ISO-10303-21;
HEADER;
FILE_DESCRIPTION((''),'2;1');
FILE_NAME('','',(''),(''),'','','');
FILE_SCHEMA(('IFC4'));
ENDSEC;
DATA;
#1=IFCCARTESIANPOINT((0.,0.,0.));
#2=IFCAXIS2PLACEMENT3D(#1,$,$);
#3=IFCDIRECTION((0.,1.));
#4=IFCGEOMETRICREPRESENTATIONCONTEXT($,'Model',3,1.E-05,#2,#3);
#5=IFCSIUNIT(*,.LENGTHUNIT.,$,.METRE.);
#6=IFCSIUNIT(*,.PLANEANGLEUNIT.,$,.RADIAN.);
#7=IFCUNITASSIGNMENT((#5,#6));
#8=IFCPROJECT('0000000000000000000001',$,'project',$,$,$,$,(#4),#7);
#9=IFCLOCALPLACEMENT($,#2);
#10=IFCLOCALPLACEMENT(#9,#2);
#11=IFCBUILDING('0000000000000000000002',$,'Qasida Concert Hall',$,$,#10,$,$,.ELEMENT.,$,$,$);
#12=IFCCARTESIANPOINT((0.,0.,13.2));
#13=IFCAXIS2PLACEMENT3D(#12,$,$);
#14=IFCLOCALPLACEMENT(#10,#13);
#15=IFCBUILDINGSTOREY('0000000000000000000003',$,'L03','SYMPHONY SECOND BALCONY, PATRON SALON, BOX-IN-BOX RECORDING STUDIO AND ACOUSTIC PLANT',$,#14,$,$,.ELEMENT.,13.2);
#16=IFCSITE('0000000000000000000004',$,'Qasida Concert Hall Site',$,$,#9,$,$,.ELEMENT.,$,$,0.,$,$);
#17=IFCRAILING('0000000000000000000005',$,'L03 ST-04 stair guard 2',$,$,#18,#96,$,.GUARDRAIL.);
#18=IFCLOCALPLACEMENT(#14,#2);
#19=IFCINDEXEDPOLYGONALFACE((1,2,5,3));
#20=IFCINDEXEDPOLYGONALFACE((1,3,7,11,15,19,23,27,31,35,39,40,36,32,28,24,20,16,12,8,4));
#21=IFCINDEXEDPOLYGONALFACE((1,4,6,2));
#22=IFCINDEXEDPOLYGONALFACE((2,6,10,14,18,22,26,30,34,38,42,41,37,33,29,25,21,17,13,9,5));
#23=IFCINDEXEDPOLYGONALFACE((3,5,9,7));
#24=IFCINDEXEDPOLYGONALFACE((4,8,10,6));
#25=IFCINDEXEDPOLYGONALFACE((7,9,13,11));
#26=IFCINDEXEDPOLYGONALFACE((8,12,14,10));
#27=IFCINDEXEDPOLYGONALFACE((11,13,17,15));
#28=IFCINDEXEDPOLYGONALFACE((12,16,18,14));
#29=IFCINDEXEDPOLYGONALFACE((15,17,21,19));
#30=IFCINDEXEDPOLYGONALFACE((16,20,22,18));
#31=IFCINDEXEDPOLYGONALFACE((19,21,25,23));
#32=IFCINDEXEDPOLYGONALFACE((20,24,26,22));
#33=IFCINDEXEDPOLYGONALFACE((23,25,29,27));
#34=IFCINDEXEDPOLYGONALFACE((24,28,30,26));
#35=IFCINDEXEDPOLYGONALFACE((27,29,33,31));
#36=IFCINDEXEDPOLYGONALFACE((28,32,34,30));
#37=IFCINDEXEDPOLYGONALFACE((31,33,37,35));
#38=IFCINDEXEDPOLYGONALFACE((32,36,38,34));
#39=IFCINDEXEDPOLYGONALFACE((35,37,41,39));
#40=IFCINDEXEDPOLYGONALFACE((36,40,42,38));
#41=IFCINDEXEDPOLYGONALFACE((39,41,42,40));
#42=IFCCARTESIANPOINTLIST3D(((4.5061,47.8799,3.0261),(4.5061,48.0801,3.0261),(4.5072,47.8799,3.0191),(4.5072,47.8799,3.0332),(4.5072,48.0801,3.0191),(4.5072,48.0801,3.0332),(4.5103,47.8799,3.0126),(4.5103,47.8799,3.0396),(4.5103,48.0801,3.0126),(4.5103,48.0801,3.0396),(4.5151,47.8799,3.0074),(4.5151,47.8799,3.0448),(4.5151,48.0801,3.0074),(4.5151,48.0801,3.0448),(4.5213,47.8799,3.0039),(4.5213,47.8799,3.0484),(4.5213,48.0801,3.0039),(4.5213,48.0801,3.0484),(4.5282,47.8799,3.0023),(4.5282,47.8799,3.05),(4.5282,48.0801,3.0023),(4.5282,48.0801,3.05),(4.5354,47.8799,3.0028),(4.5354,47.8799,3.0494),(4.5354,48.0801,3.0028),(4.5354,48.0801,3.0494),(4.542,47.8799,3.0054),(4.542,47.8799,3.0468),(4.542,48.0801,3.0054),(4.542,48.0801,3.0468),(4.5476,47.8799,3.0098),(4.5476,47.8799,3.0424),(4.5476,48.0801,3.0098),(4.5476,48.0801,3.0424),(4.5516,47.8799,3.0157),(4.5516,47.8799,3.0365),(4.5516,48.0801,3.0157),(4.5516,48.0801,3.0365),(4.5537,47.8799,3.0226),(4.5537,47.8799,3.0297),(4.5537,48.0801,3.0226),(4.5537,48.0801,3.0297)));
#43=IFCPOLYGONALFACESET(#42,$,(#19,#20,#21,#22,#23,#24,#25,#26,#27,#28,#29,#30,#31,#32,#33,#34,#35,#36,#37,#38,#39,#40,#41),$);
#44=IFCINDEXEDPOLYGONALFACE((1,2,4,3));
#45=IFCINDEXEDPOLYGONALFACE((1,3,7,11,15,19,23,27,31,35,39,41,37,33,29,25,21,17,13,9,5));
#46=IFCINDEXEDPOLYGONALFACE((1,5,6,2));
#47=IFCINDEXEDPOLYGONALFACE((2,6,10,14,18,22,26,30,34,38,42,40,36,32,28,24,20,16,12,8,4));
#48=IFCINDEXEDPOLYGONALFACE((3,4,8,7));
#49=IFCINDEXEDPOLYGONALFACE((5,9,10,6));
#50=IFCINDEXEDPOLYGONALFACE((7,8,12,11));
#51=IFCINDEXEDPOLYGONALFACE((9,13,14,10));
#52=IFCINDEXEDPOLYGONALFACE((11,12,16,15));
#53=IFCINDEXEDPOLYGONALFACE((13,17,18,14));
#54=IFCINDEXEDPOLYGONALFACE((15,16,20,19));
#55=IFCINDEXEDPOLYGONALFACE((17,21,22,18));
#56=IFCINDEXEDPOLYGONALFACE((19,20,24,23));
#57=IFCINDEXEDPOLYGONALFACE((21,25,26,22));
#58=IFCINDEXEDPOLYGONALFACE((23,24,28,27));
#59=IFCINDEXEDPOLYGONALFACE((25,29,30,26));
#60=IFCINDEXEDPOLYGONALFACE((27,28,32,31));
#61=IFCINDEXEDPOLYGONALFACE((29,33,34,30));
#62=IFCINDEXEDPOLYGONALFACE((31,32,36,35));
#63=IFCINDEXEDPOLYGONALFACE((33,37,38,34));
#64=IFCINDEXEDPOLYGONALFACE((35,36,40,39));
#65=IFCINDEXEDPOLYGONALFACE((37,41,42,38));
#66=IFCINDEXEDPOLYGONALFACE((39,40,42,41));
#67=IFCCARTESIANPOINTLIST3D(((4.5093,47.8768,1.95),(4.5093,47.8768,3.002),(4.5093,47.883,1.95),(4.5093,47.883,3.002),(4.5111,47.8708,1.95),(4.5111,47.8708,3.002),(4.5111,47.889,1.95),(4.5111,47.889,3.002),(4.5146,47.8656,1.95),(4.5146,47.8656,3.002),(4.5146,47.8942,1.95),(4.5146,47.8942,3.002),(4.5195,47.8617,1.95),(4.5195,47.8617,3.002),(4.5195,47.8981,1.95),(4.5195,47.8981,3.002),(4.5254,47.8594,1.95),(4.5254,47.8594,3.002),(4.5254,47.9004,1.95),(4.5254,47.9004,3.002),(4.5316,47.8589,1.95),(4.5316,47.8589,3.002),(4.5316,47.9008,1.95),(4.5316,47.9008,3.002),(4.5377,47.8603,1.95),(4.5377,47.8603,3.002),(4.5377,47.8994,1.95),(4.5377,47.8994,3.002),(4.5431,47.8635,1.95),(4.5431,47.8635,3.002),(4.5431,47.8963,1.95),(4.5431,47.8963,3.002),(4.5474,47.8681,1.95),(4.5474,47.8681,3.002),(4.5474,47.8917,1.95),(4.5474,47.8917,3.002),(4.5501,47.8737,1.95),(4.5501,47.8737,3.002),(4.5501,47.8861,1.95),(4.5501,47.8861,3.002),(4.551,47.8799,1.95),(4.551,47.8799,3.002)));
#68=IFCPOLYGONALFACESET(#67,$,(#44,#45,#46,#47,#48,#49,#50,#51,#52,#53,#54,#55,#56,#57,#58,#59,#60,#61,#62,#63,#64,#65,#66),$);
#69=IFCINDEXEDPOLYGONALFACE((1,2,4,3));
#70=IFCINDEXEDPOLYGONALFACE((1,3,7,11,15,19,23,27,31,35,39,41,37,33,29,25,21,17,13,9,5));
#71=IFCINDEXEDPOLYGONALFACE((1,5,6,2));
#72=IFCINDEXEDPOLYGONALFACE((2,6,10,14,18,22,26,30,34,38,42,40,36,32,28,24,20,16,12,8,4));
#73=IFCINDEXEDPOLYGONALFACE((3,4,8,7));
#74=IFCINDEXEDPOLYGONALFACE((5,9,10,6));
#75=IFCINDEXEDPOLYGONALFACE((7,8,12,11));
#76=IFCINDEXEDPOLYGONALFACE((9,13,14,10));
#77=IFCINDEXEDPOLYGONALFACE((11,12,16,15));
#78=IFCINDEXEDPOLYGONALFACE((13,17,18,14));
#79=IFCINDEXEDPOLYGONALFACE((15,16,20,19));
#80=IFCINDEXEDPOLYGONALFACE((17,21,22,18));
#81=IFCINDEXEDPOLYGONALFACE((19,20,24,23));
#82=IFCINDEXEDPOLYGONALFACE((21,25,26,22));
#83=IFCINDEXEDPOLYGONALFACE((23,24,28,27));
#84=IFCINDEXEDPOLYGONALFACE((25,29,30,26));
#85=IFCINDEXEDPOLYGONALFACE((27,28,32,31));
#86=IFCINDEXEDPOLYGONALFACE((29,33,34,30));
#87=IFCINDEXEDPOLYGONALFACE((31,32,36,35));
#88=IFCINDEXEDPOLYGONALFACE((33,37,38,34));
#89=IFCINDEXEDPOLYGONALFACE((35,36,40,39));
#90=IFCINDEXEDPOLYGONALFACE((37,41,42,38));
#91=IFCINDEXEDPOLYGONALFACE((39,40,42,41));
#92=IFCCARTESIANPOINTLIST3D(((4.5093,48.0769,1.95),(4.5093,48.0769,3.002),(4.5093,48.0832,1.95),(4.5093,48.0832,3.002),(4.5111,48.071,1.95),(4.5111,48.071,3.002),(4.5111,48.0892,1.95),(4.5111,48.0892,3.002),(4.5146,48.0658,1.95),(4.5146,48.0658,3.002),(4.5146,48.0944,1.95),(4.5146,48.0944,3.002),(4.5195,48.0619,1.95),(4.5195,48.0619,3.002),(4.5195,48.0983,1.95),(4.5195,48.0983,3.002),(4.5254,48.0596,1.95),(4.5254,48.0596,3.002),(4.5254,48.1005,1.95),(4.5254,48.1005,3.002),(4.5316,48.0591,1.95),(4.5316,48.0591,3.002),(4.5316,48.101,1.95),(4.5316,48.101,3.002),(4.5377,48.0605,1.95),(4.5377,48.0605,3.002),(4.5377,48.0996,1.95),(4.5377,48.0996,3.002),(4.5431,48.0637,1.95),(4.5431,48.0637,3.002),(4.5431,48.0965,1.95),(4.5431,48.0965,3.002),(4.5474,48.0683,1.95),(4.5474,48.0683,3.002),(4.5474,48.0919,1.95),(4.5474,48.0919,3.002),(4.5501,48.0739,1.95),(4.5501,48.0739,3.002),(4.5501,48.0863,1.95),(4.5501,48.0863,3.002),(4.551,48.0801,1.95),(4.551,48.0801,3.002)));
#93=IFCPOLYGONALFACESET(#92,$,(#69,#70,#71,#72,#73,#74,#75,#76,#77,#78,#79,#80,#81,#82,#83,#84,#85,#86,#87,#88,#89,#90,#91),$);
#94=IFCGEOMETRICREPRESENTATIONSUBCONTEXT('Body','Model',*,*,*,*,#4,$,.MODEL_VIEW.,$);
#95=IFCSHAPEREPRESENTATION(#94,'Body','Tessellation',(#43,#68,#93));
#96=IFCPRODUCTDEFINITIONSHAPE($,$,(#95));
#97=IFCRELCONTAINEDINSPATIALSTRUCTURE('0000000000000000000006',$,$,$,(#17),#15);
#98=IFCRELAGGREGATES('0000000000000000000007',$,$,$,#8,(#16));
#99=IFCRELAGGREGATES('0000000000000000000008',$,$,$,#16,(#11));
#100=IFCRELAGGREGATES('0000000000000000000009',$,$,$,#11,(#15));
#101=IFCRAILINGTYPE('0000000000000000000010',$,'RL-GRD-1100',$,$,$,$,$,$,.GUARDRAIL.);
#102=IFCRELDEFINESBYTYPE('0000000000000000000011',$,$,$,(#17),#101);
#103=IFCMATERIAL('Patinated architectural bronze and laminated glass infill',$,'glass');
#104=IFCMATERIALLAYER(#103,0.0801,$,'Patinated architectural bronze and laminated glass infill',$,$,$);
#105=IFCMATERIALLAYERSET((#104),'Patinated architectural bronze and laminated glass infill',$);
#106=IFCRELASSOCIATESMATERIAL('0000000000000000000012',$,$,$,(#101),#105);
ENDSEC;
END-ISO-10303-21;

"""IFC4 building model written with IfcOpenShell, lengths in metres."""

from ifc_helpers import new_model, si_unit, direction, frame, origin, origin_2d, place, context, subcontext, project, spatial, circle, extrude, material, layer, layer_set, type_object, element, save


model = new_model("IFC4")

# Units and contexts
model_context = context("Model", 3, precision=1e-05, world=origin(), true_north=direction((0.0, 1.0)))
body_context = subcontext(model_context, "Body", "Model", "MODEL_VIEW")
ifc_project = project(units=[si_unit("LENGTHUNIT", "METRE"), si_unit("PLANEANGLEUNIT", "RADIAN")], contexts=[model_context])

# Site, building, storey
site_placement = place(None, origin())
site = spatial("IfcSite", under=ifc_project, at=site_placement, Name="Qasida Concert Hall Site", CompositionType="ELEMENT", RefElevation=0.0)
building_placement = place(site_placement, origin())
building = spatial("IfcBuilding", under=site, at=building_placement, Name="Qasida Concert Hall", CompositionType="ELEMENT")
storey_placement = place(building_placement, frame((0.0, 0.0, 13.2)))
storey = spatial("IfcBuildingStorey", under=building, at=storey_placement, Name="L03", Description="SYMPHONY SECOND BALCONY, PATRON SALON, BOX-IN-BOX RECORDING STUDIO AND ACOUSTIC PLANT", CompositionType="ELEMENT", Elevation=13.2)

# Railing
ifc_material_1 = material(Name="Patinated architectural bronze and laminated glass infill", Category="glass")
ifc_layer_1 = layer(ifc_material_1, 0.0801, Name="Patinated architectural bronze and laminated glass infill")
ifc_layer_set_1 = layer_set([ifc_layer_1], Name="Patinated architectural bronze and laminated glass infill")
railing_type_1 = type_object("IfcRailingType", Name="RL-GRD-1100", PredefinedType="GUARDRAIL", material=ifc_layer_set_1)
railing_1_placement = place(storey_placement, frame((4.53, 47.8799, 1.95)))
element("IfcRailing", 1, at=railing_1_placement, inside=storey, type_object=railing_type_1, Name="L03 ST-04 stair guard 2", PredefinedType="GUARDRAIL", context=body_context, shape_type="SweptSolid", body=[
    extrude(circle(Radius=0.0239, at=origin_2d()), frame((0.0, 0.0, 1.0762), z_axis=(0.0, 1.0, 0.0), x_axis=(-1.0, 0.0, 0.0)), (0.0, 0.0, 1.0), 0.2002),
    extrude(circle(Radius=0.021, at=origin_2d()), origin(), (0.0, 0.0, 1.0), 1.052),
    extrude(circle(Radius=0.021, at=origin_2d()), frame((0.0, 0.2002, 0.0)), (0.0, 0.0, 1.0), 1.052),
])

save(model, "model.ifc")
